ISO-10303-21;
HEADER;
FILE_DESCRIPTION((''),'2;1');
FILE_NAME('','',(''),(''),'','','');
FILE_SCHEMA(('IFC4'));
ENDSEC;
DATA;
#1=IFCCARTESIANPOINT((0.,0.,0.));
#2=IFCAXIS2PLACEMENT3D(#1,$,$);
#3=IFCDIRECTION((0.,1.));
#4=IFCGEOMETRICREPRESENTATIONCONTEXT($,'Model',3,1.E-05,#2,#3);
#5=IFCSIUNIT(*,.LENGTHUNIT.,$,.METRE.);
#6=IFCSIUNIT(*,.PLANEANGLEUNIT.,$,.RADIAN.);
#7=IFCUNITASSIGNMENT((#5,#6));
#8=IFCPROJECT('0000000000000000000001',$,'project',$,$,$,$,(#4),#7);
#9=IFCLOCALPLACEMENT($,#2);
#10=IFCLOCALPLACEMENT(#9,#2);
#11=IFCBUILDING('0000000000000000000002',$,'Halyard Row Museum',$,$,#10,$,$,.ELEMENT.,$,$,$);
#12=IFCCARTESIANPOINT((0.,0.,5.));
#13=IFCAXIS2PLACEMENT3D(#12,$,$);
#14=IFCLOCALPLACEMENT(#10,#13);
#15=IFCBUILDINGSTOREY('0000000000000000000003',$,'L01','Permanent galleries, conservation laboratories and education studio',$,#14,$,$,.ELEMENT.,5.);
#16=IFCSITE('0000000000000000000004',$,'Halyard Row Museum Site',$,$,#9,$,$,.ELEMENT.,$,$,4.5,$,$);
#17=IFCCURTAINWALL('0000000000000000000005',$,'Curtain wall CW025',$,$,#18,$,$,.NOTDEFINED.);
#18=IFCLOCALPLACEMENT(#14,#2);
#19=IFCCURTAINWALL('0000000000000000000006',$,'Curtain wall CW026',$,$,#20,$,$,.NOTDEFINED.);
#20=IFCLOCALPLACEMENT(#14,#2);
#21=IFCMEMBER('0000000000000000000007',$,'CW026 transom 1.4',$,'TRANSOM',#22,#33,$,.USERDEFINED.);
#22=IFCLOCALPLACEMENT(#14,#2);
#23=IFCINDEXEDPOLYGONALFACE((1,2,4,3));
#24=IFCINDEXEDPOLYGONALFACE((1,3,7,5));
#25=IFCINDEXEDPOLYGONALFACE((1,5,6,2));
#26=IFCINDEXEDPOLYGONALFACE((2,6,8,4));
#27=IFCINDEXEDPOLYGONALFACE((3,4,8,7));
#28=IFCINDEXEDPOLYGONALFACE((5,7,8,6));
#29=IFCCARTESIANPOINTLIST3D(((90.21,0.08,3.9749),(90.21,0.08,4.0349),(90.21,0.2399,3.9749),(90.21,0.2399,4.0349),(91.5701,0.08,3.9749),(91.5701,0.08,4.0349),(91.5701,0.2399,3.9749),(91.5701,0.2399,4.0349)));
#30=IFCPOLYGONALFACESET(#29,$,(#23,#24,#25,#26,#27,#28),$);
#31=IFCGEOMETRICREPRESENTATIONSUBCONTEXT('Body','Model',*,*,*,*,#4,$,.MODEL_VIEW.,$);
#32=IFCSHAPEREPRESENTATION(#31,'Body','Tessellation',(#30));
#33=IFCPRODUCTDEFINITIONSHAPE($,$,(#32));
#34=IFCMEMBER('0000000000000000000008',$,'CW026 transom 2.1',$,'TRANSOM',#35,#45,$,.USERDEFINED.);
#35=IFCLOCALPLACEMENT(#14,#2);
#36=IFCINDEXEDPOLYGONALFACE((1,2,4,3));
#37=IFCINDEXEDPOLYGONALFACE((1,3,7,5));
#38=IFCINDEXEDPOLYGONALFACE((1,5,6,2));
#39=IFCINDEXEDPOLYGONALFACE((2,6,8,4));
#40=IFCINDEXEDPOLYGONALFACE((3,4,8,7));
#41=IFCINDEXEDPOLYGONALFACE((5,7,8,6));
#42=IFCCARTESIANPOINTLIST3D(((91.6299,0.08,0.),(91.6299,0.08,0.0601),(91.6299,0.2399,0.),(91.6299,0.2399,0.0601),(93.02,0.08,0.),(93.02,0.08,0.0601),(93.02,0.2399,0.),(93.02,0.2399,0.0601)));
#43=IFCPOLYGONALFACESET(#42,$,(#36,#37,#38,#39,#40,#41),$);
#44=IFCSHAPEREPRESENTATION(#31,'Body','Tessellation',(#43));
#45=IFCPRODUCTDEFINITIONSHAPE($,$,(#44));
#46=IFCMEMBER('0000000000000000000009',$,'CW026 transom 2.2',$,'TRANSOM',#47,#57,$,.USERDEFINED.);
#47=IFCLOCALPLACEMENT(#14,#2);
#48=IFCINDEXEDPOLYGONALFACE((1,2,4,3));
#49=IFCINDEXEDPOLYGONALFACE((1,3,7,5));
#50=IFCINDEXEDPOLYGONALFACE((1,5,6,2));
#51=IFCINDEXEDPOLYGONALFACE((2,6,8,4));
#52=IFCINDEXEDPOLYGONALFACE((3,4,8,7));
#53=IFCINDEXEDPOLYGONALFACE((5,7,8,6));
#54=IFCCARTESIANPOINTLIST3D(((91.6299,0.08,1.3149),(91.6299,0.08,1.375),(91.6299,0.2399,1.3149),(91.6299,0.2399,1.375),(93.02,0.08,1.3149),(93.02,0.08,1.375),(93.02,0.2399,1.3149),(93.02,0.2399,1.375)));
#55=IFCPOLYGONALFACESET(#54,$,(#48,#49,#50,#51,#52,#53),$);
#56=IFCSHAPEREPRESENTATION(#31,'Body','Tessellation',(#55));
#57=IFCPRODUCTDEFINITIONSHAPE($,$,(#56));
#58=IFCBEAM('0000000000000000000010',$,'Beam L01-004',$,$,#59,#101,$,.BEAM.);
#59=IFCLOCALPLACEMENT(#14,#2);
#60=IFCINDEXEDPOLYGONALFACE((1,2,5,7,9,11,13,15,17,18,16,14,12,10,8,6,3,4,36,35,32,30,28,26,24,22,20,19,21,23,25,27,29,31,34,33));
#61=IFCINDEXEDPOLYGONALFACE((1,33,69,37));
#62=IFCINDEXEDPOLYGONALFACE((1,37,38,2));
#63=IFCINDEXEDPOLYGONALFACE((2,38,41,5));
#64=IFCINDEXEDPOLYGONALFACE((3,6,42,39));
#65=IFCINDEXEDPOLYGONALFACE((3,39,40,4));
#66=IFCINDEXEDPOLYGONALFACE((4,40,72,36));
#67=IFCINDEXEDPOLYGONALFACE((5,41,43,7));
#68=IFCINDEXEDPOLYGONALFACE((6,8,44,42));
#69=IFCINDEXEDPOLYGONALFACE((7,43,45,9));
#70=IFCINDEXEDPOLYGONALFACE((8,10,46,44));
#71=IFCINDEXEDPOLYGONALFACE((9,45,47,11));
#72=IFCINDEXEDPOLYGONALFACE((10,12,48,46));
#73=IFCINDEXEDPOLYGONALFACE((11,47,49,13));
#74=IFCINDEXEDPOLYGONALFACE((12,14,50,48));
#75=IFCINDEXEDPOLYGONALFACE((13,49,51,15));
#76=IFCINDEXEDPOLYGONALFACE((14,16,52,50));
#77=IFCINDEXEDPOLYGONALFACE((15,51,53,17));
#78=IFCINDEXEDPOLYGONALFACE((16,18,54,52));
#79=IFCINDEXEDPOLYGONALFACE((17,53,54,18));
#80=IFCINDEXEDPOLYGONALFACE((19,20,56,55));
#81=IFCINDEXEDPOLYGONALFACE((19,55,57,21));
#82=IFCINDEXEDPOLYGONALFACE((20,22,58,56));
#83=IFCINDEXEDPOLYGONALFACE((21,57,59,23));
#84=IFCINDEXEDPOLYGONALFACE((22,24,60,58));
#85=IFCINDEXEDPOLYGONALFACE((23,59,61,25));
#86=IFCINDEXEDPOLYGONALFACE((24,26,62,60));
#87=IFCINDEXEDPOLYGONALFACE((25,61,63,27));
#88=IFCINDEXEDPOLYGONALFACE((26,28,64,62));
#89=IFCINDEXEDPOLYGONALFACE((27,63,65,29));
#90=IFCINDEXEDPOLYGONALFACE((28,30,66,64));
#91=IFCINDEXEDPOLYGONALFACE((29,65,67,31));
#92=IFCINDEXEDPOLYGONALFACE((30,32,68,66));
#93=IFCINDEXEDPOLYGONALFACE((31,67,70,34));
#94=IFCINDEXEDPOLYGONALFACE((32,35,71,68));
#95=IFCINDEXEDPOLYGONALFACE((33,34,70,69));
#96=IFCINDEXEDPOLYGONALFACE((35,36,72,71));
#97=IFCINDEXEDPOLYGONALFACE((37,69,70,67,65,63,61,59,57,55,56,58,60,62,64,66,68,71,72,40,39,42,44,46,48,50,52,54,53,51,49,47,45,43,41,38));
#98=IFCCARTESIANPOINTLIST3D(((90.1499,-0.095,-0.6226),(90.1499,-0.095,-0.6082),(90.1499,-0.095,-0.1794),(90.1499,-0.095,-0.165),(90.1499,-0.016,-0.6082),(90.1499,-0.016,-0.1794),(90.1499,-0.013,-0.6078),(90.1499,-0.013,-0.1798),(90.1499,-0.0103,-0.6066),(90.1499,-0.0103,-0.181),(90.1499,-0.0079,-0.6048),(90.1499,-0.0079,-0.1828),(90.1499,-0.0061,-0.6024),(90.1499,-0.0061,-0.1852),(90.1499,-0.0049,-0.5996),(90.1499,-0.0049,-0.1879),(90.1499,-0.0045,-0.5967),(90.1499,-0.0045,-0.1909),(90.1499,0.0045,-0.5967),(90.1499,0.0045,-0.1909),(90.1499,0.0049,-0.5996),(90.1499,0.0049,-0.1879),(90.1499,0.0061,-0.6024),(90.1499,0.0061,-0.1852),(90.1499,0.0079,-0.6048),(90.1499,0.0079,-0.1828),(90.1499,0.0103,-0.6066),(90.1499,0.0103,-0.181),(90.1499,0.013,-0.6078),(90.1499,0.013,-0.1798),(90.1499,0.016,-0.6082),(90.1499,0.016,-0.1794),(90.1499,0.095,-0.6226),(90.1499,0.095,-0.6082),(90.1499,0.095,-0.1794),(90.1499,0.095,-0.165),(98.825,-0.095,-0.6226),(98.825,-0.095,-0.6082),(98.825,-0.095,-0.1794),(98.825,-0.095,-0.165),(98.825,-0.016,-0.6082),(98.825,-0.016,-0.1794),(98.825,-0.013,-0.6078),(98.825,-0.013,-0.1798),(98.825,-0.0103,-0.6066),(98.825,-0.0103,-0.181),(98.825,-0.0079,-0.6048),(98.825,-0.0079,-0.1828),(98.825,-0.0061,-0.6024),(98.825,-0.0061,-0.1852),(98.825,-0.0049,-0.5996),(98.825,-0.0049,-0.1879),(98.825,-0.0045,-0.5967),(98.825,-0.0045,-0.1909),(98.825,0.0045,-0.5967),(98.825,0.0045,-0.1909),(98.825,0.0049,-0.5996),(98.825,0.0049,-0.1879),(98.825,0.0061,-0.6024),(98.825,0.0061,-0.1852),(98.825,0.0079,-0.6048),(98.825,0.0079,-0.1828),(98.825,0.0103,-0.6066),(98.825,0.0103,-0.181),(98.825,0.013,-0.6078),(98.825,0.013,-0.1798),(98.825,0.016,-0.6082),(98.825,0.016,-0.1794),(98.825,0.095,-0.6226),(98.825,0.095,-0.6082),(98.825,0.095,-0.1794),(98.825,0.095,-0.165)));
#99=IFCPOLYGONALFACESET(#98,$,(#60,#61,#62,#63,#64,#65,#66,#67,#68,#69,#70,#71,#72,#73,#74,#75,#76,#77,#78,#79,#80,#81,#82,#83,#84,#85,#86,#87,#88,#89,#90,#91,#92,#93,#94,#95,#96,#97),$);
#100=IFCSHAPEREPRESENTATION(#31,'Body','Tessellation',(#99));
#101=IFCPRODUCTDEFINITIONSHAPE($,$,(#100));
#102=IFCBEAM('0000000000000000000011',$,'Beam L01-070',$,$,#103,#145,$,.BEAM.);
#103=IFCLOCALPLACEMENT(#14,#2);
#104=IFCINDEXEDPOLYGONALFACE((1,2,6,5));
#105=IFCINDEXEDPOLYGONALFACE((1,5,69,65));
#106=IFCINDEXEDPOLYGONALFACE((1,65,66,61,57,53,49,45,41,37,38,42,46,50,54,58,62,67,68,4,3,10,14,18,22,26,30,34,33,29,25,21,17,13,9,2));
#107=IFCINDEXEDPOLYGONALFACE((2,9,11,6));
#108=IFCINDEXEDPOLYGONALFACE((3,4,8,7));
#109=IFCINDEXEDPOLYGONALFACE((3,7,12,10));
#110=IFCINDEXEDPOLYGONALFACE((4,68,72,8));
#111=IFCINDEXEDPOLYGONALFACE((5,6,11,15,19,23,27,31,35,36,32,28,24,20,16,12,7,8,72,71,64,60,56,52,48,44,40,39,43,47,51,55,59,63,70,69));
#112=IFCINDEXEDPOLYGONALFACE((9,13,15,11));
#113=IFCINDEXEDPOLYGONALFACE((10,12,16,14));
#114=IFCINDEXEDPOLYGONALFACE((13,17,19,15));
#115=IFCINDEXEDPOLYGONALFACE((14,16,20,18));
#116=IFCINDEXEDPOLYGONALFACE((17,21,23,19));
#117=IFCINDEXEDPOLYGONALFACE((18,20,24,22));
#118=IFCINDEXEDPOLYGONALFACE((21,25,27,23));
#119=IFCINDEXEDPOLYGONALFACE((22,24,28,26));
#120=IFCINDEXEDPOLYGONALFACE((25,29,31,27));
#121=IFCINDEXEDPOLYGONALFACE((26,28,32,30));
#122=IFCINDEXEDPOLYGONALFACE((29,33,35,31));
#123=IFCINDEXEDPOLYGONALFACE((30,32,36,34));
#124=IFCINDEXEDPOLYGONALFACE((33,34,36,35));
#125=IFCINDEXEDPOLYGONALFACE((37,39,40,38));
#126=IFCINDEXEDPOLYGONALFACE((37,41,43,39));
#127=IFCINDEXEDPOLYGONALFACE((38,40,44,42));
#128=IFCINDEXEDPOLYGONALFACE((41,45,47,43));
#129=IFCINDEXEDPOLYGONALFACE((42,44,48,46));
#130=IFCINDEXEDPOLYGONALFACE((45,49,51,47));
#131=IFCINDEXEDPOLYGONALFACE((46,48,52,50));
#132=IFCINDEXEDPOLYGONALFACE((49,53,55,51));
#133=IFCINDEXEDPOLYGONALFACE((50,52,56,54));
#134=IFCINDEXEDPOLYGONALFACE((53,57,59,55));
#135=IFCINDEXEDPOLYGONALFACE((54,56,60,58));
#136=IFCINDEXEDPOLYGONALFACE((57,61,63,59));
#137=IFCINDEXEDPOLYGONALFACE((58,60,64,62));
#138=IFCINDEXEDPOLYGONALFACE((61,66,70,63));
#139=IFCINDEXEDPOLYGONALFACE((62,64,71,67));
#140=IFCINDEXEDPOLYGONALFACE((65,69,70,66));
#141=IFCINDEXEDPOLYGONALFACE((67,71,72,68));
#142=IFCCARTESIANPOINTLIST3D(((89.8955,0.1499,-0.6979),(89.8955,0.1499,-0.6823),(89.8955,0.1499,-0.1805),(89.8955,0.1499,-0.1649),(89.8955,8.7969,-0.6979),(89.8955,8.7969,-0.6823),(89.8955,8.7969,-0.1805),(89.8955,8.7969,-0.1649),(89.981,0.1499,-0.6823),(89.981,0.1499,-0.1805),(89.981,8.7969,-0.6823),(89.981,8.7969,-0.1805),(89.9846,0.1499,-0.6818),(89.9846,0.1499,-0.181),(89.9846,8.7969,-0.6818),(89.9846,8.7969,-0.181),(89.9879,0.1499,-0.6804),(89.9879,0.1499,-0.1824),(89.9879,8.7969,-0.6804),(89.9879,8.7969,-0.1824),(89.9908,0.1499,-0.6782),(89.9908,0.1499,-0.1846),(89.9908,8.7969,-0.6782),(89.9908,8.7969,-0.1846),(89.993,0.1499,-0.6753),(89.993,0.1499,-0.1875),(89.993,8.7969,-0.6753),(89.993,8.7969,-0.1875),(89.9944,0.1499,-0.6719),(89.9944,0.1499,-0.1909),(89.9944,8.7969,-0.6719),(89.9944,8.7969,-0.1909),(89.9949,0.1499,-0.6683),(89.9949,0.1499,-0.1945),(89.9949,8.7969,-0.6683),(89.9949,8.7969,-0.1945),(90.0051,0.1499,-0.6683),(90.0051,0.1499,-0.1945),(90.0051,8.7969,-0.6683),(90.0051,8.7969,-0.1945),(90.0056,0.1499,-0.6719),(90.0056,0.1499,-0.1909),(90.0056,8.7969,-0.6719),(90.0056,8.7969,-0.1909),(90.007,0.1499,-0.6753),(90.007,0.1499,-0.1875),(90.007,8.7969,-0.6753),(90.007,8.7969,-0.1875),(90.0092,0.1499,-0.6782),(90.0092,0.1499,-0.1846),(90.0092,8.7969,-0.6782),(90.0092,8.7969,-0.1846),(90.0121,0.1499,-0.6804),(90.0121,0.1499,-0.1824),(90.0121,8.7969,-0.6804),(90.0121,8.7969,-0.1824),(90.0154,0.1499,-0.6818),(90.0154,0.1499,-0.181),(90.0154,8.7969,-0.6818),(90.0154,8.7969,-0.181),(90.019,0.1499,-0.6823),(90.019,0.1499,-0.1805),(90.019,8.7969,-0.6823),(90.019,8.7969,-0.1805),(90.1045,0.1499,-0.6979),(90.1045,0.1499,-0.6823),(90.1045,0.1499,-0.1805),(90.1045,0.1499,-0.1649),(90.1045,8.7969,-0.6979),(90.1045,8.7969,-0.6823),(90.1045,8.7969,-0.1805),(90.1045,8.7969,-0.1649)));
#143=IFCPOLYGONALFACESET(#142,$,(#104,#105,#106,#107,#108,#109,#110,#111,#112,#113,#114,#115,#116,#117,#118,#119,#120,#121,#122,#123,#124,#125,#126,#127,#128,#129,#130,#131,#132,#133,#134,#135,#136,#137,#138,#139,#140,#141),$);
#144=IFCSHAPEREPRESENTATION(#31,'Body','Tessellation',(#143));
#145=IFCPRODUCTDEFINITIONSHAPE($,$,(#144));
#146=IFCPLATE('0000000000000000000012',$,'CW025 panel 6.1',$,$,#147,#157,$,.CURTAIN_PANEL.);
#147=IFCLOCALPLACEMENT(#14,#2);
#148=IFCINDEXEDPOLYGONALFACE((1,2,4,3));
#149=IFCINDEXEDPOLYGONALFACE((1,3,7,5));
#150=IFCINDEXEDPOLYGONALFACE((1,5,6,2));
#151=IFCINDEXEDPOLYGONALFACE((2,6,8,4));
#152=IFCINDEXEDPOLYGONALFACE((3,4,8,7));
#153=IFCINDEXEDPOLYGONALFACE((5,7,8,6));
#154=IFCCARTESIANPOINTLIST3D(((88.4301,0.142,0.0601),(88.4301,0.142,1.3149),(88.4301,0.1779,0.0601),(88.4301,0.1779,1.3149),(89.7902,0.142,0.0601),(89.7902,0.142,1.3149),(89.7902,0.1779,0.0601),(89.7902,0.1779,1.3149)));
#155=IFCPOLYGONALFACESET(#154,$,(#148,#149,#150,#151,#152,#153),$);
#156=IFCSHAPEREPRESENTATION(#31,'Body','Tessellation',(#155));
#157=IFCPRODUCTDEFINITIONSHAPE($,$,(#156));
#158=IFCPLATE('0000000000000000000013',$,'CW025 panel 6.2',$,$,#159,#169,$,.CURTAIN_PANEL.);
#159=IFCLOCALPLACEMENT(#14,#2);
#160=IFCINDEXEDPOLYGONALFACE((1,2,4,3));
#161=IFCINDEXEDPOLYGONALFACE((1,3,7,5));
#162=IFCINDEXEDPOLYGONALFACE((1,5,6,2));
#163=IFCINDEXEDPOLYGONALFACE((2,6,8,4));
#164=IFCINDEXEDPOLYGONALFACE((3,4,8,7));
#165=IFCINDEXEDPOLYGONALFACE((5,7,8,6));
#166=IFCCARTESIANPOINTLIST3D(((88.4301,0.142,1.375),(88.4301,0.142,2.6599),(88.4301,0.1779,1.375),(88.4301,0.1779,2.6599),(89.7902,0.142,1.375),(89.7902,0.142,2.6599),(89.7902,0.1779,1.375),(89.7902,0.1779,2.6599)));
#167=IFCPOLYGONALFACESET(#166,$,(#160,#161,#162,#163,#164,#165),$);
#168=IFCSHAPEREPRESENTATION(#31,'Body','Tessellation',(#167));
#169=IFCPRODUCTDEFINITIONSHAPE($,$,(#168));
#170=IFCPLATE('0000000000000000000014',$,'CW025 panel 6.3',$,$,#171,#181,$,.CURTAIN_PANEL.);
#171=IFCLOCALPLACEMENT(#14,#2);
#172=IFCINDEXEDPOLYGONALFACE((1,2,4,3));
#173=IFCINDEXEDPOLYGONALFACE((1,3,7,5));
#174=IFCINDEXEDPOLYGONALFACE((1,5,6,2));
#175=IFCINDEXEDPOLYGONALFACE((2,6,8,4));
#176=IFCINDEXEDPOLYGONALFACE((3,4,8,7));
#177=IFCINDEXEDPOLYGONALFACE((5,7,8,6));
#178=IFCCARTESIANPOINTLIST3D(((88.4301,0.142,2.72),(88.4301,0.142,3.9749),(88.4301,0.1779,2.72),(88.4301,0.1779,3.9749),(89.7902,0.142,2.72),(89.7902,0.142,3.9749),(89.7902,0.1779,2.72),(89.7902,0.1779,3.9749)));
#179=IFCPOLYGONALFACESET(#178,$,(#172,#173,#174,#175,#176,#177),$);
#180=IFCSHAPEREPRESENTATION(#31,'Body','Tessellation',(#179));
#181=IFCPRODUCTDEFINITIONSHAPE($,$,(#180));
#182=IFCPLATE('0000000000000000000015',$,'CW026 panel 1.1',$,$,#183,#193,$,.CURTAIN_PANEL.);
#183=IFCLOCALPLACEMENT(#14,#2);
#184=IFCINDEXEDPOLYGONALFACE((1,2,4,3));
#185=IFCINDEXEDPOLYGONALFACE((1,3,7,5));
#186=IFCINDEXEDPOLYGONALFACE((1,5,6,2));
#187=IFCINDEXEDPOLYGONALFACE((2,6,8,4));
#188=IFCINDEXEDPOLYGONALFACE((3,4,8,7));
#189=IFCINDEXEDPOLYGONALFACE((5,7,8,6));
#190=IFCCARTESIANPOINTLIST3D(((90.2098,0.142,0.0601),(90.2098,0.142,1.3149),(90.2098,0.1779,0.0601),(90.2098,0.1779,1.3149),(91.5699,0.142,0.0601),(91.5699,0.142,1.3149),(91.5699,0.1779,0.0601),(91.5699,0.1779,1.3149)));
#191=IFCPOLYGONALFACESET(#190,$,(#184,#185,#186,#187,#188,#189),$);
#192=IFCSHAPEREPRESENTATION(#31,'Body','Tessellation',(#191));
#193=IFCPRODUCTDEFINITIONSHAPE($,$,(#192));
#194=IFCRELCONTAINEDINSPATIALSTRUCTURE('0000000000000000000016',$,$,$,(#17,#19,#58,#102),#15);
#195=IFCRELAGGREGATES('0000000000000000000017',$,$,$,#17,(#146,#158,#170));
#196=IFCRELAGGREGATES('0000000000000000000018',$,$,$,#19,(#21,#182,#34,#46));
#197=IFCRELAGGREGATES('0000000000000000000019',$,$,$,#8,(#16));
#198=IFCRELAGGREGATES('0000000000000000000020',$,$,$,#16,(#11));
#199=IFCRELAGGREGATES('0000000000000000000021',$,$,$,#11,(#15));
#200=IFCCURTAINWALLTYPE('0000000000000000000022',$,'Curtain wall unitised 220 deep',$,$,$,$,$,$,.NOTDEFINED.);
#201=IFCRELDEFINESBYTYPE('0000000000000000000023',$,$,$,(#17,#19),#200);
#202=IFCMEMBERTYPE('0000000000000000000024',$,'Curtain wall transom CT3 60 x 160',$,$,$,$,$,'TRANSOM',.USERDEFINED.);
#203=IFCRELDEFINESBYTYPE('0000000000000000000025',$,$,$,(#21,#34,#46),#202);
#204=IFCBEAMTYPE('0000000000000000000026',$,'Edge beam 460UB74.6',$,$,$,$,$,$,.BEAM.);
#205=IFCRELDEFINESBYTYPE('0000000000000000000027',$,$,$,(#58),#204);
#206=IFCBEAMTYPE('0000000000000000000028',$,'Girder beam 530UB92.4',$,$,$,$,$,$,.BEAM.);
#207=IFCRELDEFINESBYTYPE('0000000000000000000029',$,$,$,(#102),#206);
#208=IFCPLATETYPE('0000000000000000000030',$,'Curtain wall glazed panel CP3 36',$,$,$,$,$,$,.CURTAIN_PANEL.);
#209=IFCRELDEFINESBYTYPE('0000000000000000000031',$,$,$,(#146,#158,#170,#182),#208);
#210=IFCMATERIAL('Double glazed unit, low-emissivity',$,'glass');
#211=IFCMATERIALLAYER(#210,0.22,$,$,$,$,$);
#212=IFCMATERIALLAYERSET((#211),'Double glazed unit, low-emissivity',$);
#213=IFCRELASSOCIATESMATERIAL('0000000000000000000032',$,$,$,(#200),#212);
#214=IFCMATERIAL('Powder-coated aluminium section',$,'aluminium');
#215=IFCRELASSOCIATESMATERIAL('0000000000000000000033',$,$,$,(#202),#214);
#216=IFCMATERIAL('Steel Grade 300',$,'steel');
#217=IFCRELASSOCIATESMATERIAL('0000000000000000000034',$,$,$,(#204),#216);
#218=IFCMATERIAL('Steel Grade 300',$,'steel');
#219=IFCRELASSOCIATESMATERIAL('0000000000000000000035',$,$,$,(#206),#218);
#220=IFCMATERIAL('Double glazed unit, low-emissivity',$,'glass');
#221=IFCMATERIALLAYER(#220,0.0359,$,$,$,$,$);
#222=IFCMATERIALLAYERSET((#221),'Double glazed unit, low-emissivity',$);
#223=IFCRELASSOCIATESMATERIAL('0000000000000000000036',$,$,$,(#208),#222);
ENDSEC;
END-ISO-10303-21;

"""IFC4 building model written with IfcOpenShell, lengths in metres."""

from ifc_helpers import new_model, si_unit, direction, frame, origin, origin_2d, place, context, subcontext, project, spatial, rectangle, i_section, extrude, material, layer, layer_set, material_profile, profile_set, type_object, element, aggregate, save


model = new_model("IFC4")

# Units and contexts
model_context = context("Model", 3, precision=1e-05, world=origin(), true_north=direction((0.0, 1.0)))
body_context = subcontext(model_context, "Body", "Model", "MODEL_VIEW")
ifc_project = project(units=[si_unit("LENGTHUNIT", "METRE"), si_unit("PLANEANGLEUNIT", "RADIAN")], contexts=[model_context])

# Site, building, storey
site_placement = place(None, origin())
site = spatial("IfcSite", under=ifc_project, at=site_placement, Name="Halyard Row Museum Site", CompositionType="ELEMENT", RefElevation=4.5)
building_placement = place(site_placement, origin())
building = spatial("IfcBuilding", under=site, at=building_placement, Name="Halyard Row Museum", CompositionType="ELEMENT")
storey_placement = place(building_placement, frame((0.0, 0.0, 5.0)))
storey = spatial("IfcBuildingStorey", under=building, at=storey_placement, Name="L01", Description="Permanent galleries, conservation laboratories and education studio", CompositionType="ELEMENT", Elevation=5.0)

# Curtain wall
ifc_material_1 = material(Name="Double glazed unit, low-emissivity", Category="glass")
ifc_layer_1 = layer(ifc_material_1, 0.22)
ifc_layer_set_1 = layer_set([ifc_layer_1], Name="Double glazed unit, low-emissivity")
curtain_wall_type = type_object("IfcCurtainWallType", Name="Curtain wall unitised 220 deep", PredefinedType="NOTDEFINED", material=ifc_layer_set_1)
curtain_wall_1_placement = place(storey_placement, origin())
curtain_wall_1 = element("IfcCurtainWall", 1, at=curtain_wall_1_placement, inside=storey, type_object=curtain_wall_type, Name="Curtain wall CW025", PredefinedType="NOTDEFINED")

# Curtain wall
curtain_wall_2_placement = place(storey_placement, origin())
curtain_wall_2 = element("IfcCurtainWall", 2, at=curtain_wall_2_placement, inside=storey, type_object=curtain_wall_type, Name="Curtain wall CW026", PredefinedType="NOTDEFINED")

# Members
ifc_material_2 = material(Name="Powder-coated aluminium section", Category="aluminium")
ifc_material_profile_1 = material_profile(ifc_material_2, rectangle(XDim=0.1599, YDim=0.0601, at=origin_2d()), Name="160x60 transom")
ifc_profile_set_1 = profile_set([ifc_material_profile_1], Name="Powder-coated aluminium section")
member_type_1 = type_object("IfcMemberType", Name="Curtain wall transom CT3 60 x 160", ElementType="TRANSOM", PredefinedType="USERDEFINED", material=ifc_profile_set_1)
member_1_placement = place(storey_placement, frame((90.21, 0.1599, 4.0049), z_axis=(1.0, 0.0, 0.0), x_axis=(0.0, 1.0, 0.0)))
member_1 = element("IfcMember", 3, at=member_1_placement, type_object=member_type_1, Name="CW026 transom 1.4", ObjectType="TRANSOM", PredefinedType="USERDEFINED", context=body_context, shape_type="SweptSolid", body=[
    extrude(rectangle(XDim=0.1599, YDim=0.0601, at=origin_2d()), origin(), (0.0, 0.0, 1.0), 1.3601),
])
member_2_placement = place(storey_placement, frame((91.6299, 0.1599, 0.03), z_axis=(1.0, 0.0, 0.0), x_axis=(0.0, 1.0, 0.0)))
member_2 = element("IfcMember", 4, at=member_2_placement, type_object=member_type_1, Name="CW026 transom 2.1", ObjectType="TRANSOM", PredefinedType="USERDEFINED", context=body_context, shape_type="SweptSolid", body=[
    extrude(rectangle(XDim=0.1599, YDim=0.0601, at=origin_2d()), origin(), (0.0, 0.0, 1.0), 1.3901),
])
member_3_placement = place(storey_placement, frame((91.6299, 0.1599, 1.345), z_axis=(1.0, 0.0, 0.0), x_axis=(0.0, 1.0, 0.0)))
member_3 = element("IfcMember", 5, at=member_3_placement, type_object=member_type_1, Name="CW026 transom 2.2", ObjectType="TRANSOM", PredefinedType="USERDEFINED", context=body_context, shape_type="SweptSolid", body=[
    extrude(rectangle(XDim=0.1599, YDim=0.0601, at=origin_2d()), origin(), (0.0, 0.0, 1.0), 1.3901),
])

# Beams
ifc_material_3 = material(Name="Steel Grade 300", Category="steel")
ifc_material_profile_2 = material_profile(ifc_material_3, i_section(OverallWidth=0.1899, OverallDepth=0.4575, WebThickness=0.009, FlangeThickness=0.0144, FilletRadius=0.0115, at=origin_2d()), Name="460UB74.6")
ifc_profile_set_2 = profile_set([ifc_material_profile_2], Name="Steel Grade 300")
beam_type_1 = type_object("IfcBeamType", Name="Edge beam 460UB74.6", PredefinedType="BEAM", material=ifc_profile_set_2)
beam_1_placement = place(storey_placement, frame((90.1499, 0.0, -0.3938), z_axis=(1.0, 0.0, 0.0), x_axis=(0.0, 1.0, 0.0)))
element("IfcBeam", 6, at=beam_1_placement, inside=storey, type_object=beam_type_1, Name="Beam L01-004", PredefinedType="BEAM", context=body_context, shape_type="SweptSolid", body=[
    extrude(i_section(OverallWidth=0.1899, OverallDepth=0.4575, WebThickness=0.009, FlangeThickness=0.0144, FilletRadius=0.0115, at=origin_2d()), origin(), (0.0, 0.0, 1.0), 8.675),
])
ifc_material_4 = material(Name="Steel Grade 300", Category="steel")
ifc_material_profile_3 = material_profile(ifc_material_4, i_section(OverallWidth=0.209, OverallDepth=0.533, WebThickness=0.0103, FlangeThickness=0.0156, FilletRadius=0.0139, at=origin_2d()), Name="530UB92.4")
ifc_profile_set_3 = profile_set([ifc_material_profile_3], Name="Steel Grade 300")
beam_type_2 = type_object("IfcBeamType", Name="Girder beam 530UB92.4", PredefinedType="BEAM", material=ifc_profile_set_3)
beam_2_placement = place(storey_placement, frame((90.0, 0.1499, -0.4314), z_axis=(0.0, 1.0, 0.0), x_axis=(-1.0, 0.0, 0.0)))
element("IfcBeam", 7, at=beam_2_placement, inside=storey, type_object=beam_type_2, Name="Beam L01-070", PredefinedType="BEAM", context=body_context, shape_type="SweptSolid", body=[
    extrude(i_section(OverallWidth=0.209, OverallDepth=0.533, WebThickness=0.0103, FlangeThickness=0.0156, FilletRadius=0.0139, at=origin_2d()), origin(), (0.0, 0.0, 1.0), 8.647),
])

# Plates
ifc_material_5 = material(Name="Double glazed unit, low-emissivity", Category="glass")
ifc_layer_2 = layer(ifc_material_5, 0.0359)
ifc_layer_set_2 = layer_set([ifc_layer_2], Name="Double glazed unit, low-emissivity")
plate_type = type_object("IfcPlateType", Name="Curtain wall glazed panel CP3 36", PredefinedType="CURTAIN_PANEL", material=ifc_layer_set_2)
plate_1_placement = place(storey_placement, frame((89.1101, 0.1599, 0.0601), z_axis=(0.0, 0.0, 1.0), x_axis=(1.0, 0.0, 0.0)))
plate_1 = element("IfcPlate", 8, at=plate_1_placement, type_object=plate_type, Name="CW025 panel 6.1", PredefinedType="CURTAIN_PANEL", context=body_context, shape_type="SweptSolid", body=[
    extrude(rectangle(XDim=1.3601, YDim=0.0359, at=origin_2d()), origin(), (0.0, 0.0, 1.0), 1.2549),
])
plate_2_placement = place(storey_placement, frame((89.1101, 0.1599, 1.375), z_axis=(0.0, 0.0, 1.0), x_axis=(1.0, 0.0, 0.0)))
plate_2 = element("IfcPlate", 9, at=plate_2_placement, type_object=plate_type, Name="CW025 panel 6.2", PredefinedType="CURTAIN_PANEL", context=body_context, shape_type="SweptSolid", body=[
    extrude(rectangle(XDim=1.3601, YDim=0.0359, at=origin_2d()), origin(), (0.0, 0.0, 1.0), 1.2849),
])
plate_3_placement = place(storey_placement, frame((89.1101, 0.1599, 2.72), z_axis=(0.0, 0.0, 1.0), x_axis=(1.0, 0.0, 0.0)))
plate_3 = element("IfcPlate", 10, at=plate_3_placement, type_object=plate_type, Name="CW025 panel 6.3", PredefinedType="CURTAIN_PANEL", context=body_context, shape_type="SweptSolid", body=[
    extrude(rectangle(XDim=1.3601, YDim=0.0359, at=origin_2d()), origin(), (0.0, 0.0, 1.0), 1.2549),
])
aggregate(curtain_wall_1, [plate_1, plate_2, plate_3])
plate_4_placement = place(storey_placement, frame((90.8899, 0.1599, 0.0601), z_axis=(0.0, 0.0, 1.0), x_axis=(1.0, 0.0, 0.0)))
plate_4 = element("IfcPlate", 11, at=plate_4_placement, type_object=plate_type, Name="CW026 panel 1.1", PredefinedType="CURTAIN_PANEL", context=body_context, shape_type="SweptSolid", body=[
    extrude(rectangle(XDim=1.3601, YDim=0.0359, at=origin_2d()), origin(), (0.0, 0.0, 1.0), 1.2549),
])
aggregate(curtain_wall_2, [member_1, plate_4, member_2, member_3])

save(model, "model.ifc")
